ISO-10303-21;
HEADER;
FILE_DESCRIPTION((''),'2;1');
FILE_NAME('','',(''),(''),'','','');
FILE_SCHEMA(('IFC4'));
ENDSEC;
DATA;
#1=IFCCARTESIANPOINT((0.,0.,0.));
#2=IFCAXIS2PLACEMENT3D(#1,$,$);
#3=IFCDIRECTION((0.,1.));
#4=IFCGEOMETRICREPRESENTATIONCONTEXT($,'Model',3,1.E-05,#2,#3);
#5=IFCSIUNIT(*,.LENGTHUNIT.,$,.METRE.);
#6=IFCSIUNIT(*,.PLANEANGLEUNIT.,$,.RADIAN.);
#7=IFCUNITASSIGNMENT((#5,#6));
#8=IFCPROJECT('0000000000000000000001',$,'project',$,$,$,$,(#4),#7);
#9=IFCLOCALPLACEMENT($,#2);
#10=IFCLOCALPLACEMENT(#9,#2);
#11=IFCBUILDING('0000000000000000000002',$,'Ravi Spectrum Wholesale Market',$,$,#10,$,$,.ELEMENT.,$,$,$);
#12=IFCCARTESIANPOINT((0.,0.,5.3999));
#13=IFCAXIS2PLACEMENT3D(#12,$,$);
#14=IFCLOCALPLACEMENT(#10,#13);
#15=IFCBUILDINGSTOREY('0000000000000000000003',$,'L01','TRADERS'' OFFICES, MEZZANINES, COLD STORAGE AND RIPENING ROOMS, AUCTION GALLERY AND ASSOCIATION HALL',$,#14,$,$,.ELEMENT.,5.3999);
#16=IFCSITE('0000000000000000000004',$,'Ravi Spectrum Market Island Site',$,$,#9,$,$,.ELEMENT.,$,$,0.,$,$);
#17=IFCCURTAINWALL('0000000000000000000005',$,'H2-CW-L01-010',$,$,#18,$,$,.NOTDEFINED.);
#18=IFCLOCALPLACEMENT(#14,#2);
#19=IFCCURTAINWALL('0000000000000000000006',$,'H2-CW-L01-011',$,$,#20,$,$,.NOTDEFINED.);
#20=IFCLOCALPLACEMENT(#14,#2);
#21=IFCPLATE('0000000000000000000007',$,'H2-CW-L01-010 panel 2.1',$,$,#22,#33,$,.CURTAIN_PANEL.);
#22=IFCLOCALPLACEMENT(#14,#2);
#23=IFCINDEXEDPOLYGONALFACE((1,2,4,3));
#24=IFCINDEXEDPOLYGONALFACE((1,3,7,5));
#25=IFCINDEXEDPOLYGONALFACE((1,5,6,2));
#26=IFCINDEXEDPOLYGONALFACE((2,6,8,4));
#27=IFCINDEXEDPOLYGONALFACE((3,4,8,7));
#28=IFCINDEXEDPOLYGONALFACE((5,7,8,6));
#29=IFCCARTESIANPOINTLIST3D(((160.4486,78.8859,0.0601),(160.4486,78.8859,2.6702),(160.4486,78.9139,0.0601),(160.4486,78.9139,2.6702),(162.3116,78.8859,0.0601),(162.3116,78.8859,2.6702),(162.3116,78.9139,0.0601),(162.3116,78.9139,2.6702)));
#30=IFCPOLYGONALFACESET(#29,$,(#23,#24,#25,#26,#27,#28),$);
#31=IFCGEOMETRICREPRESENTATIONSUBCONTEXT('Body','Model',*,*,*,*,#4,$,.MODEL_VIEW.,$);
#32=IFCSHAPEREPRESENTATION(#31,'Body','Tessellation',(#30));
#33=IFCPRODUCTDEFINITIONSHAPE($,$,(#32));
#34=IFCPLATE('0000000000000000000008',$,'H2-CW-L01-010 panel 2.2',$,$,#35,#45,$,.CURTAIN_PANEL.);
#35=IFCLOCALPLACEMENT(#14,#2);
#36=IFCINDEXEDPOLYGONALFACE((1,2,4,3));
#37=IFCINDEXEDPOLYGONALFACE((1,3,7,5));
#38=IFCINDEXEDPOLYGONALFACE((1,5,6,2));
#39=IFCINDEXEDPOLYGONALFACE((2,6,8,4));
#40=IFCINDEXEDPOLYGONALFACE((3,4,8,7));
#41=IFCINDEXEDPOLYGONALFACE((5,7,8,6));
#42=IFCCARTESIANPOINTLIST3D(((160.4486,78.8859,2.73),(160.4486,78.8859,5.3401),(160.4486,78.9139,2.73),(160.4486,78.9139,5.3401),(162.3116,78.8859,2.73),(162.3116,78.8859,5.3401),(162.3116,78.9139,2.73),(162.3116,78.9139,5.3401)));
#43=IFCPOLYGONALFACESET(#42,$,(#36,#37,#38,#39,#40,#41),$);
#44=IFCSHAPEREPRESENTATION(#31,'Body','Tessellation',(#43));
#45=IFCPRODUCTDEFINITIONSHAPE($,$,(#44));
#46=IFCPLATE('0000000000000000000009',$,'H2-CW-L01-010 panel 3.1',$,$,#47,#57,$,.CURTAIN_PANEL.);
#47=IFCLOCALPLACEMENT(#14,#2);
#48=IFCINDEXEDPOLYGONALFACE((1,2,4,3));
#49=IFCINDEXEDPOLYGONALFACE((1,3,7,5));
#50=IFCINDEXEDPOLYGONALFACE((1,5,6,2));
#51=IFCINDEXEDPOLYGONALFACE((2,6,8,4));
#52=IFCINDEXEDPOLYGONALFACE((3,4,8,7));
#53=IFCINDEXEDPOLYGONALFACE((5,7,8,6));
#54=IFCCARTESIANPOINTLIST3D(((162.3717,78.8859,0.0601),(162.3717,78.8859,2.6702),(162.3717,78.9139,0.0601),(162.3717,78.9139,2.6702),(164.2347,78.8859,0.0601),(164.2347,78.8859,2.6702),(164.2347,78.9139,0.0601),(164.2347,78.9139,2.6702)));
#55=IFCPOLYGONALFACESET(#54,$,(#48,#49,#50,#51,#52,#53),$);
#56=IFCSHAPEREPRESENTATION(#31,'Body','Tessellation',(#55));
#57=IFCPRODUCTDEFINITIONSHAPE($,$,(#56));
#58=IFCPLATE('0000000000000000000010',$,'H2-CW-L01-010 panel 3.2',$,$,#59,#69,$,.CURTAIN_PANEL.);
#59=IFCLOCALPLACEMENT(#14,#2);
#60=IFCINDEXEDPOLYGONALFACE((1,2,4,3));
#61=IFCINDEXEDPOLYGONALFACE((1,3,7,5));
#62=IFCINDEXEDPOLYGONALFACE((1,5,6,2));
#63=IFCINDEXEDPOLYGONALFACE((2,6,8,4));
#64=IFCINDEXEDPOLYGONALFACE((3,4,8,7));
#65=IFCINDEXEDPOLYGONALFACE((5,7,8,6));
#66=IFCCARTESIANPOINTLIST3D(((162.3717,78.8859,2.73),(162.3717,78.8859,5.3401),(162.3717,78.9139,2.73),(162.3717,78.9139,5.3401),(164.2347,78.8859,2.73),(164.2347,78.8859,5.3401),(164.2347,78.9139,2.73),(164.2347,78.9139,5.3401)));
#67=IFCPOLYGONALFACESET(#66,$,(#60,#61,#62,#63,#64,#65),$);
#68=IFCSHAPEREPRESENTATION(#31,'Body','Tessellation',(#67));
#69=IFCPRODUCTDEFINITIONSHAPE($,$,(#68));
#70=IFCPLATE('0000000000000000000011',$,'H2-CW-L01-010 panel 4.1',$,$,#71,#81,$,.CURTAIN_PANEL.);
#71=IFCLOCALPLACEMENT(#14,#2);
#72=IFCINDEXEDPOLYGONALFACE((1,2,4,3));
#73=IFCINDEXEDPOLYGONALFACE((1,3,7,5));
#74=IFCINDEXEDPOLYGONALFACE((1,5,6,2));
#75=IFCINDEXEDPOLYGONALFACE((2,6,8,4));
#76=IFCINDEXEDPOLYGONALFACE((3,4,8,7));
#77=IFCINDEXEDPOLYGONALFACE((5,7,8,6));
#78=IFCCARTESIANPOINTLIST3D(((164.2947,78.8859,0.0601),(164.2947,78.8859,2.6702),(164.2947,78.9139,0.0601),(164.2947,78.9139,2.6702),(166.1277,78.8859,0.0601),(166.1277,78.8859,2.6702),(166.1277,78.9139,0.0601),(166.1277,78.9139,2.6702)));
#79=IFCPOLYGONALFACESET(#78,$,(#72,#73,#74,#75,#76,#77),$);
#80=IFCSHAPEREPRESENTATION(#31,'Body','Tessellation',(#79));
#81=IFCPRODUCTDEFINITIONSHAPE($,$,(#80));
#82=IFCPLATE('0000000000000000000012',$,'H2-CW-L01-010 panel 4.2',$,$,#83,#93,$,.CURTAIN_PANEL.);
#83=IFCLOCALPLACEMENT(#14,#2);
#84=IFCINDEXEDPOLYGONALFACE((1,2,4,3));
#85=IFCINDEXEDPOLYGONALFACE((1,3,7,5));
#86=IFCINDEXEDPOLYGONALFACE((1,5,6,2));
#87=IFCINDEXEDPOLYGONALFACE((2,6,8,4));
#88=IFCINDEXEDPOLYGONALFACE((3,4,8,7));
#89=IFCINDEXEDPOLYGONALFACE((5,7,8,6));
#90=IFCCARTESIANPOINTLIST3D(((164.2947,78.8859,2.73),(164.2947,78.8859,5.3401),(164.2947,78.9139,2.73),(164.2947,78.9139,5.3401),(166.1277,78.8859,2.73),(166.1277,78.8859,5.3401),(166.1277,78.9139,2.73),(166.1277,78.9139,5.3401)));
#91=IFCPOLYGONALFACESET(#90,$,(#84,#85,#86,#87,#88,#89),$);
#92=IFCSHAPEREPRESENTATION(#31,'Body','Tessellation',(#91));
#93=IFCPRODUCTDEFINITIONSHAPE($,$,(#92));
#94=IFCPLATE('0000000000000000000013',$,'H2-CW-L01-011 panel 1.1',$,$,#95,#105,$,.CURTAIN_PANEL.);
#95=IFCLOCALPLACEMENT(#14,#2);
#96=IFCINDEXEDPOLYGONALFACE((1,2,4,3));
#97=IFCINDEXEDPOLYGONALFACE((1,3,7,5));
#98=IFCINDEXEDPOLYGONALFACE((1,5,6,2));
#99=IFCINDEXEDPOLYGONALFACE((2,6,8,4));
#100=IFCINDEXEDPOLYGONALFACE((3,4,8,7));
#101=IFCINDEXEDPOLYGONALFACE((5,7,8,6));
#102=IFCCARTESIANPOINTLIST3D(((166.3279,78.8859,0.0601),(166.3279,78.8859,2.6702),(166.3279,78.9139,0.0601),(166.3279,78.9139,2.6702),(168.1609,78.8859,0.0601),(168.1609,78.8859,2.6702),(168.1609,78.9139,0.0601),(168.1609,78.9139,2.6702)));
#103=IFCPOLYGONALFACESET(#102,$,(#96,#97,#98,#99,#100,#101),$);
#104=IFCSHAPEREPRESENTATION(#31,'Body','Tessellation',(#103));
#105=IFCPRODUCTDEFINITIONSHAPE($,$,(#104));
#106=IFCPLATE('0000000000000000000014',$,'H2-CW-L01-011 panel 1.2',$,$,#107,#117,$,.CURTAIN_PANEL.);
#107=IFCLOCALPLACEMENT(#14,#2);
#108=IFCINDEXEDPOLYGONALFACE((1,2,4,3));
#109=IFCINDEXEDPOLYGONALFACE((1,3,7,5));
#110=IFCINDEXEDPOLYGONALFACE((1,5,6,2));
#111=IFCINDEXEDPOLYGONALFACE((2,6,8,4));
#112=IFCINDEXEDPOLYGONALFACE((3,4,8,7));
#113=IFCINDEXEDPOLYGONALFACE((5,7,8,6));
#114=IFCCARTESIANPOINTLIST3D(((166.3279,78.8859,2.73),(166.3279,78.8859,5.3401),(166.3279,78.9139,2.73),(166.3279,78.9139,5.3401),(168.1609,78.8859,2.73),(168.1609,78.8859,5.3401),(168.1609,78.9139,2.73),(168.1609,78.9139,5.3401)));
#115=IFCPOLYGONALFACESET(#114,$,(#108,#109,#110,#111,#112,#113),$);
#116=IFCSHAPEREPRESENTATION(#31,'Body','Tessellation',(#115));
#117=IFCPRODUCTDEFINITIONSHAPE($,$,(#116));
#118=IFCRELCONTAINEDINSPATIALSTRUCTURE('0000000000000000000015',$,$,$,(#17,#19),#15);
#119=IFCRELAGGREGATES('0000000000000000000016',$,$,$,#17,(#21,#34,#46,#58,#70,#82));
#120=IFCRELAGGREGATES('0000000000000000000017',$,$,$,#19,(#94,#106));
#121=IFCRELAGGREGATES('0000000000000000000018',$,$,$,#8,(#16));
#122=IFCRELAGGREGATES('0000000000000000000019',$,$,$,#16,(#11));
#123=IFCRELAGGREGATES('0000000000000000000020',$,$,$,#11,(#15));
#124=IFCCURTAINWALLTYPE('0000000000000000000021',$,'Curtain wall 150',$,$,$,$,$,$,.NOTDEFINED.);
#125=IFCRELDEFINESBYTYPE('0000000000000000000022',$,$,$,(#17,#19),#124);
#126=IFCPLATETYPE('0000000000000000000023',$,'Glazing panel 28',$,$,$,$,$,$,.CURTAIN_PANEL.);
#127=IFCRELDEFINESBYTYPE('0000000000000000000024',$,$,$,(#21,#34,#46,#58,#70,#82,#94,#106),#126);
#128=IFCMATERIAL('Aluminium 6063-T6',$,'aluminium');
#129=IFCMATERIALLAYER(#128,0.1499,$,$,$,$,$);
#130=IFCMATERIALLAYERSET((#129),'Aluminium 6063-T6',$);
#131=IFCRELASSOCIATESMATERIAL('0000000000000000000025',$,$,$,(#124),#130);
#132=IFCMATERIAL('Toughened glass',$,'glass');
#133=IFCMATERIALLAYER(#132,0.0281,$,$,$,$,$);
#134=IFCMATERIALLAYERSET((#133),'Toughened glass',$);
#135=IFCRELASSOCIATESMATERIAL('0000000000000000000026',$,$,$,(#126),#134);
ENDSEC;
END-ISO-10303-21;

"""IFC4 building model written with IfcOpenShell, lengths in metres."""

from ifc_helpers import new_model, si_unit, direction, frame, origin, origin_2d, place, context, subcontext, project, spatial, rectangle, extrude, material, layer, layer_set, type_object, element, aggregate, save


model = new_model("IFC4")

# Units and contexts
model_context = context("Model", 3, precision=1e-05, world=origin(), true_north=direction((0.0, 1.0)))
body_context = subcontext(model_context, "Body", "Model", "MODEL_VIEW")
ifc_project = project(units=[si_unit("LENGTHUNIT", "METRE"), si_unit("PLANEANGLEUNIT", "RADIAN")], contexts=[model_context])

# Site, building, storey
site_placement = place(None, origin())
site = spatial("IfcSite", under=ifc_project, at=site_placement, Name="Ravi Spectrum Market Island Site", CompositionType="ELEMENT", RefElevation=0.0)
building_placement = place(site_placement, origin())
building = spatial("IfcBuilding", under=site, at=building_placement, Name="Ravi Spectrum Wholesale Market", CompositionType="ELEMENT")
storey_placement = place(building_placement, frame((0.0, 0.0, 5.3999)))
storey = spatial("IfcBuildingStorey", under=building, at=storey_placement, Name="L01", Description="TRADERS' OFFICES, MEZZANINES, COLD STORAGE AND RIPENING ROOMS, AUCTION GALLERY AND ASSOCIATION HALL", CompositionType="ELEMENT", Elevation=5.3999)

# Curtain walls
ifc_material_1 = material(Name="Aluminium 6063-T6", Category="aluminium")
ifc_layer_1 = layer(ifc_material_1, 0.1499)
ifc_layer_set_1 = layer_set([ifc_layer_1], Name="Aluminium 6063-T6")
curtain_wall_type = type_object("IfcCurtainWallType", Name="Curtain wall 150", PredefinedType="NOTDEFINED", material=ifc_layer_set_1)
curtain_wall_1_placement = place(storey_placement, origin())
curtain_wall_1 = element("IfcCurtainWall", 1, at=curtain_wall_1_placement, inside=storey, type_object=curtain_wall_type, Name="H2-CW-L01-010", PredefinedType="NOTDEFINED")
curtain_wall_2_placement = place(storey_placement, origin())
curtain_wall_2 = element("IfcCurtainWall", 2, at=curtain_wall_2_placement, inside=storey, type_object=curtain_wall_type, Name="H2-CW-L01-011", PredefinedType="NOTDEFINED")

# Plates
ifc_material_2 = material(Name="Toughened glass", Category="glass")
ifc_layer_2 = layer(ifc_material_2, 0.0281)
ifc_layer_set_2 = layer_set([ifc_layer_2], Name="Toughened glass")
plate_type = type_object("IfcPlateType", Name="Glazing panel 28", PredefinedType="CURTAIN_PANEL", material=ifc_layer_set_2)
plate_1_placement = place(storey_placement, frame((161.3801, 78.8999, 0.0601), z_axis=(0.0, 0.0, 1.0), x_axis=(1.0, 0.0, 0.0)))
plate_1 = element("IfcPlate", 3, at=plate_1_placement, type_object=plate_type, Name="H2-CW-L01-010 panel 2.1", PredefinedType="CURTAIN_PANEL", context=body_context, shape_type="SweptSolid", body=[
    extrude(rectangle(XDim=1.863, YDim=0.0281, at=origin_2d()), origin(), (0.0, 0.0, 1.0), 2.6101),
])
plate_2_placement = place(storey_placement, frame((161.3801, 78.8999, 2.73), z_axis=(0.0, 0.0, 1.0), x_axis=(1.0, 0.0, 0.0)))
plate_2 = element("IfcPlate", 4, at=plate_2_placement, type_object=plate_type, Name="H2-CW-L01-010 panel 2.2", PredefinedType="CURTAIN_PANEL", context=body_context, shape_type="SweptSolid", body=[
    extrude(rectangle(XDim=1.863, YDim=0.0281, at=origin_2d()), origin(), (0.0, 0.0, 1.0), 2.6101),
])
plate_3_placement = place(storey_placement, frame((163.3032, 78.8999, 0.0601), z_axis=(0.0, 0.0, 1.0), x_axis=(1.0, 0.0, 0.0)))
plate_3 = element("IfcPlate", 5, at=plate_3_placement, type_object=plate_type, Name="H2-CW-L01-010 panel 3.1", PredefinedType="CURTAIN_PANEL", context=body_context, shape_type="SweptSolid", body=[
    extrude(rectangle(XDim=1.863, YDim=0.0281, at=origin_2d()), origin(), (0.0, 0.0, 1.0), 2.6101),
])
plate_4_placement = place(storey_placement, frame((163.3032, 78.8999, 2.73), z_axis=(0.0, 0.0, 1.0), x_axis=(1.0, 0.0, 0.0)))
plate_4 = element("IfcPlate", 6, at=plate_4_placement, type_object=plate_type, Name="H2-CW-L01-010 panel 3.2", PredefinedType="CURTAIN_PANEL", context=body_context, shape_type="SweptSolid", body=[
    extrude(rectangle(XDim=1.863, YDim=0.0281, at=origin_2d()), origin(), (0.0, 0.0, 1.0), 2.6101),
])
plate_5_placement = place(storey_placement, frame((165.2112, 78.8999, 0.0601), z_axis=(0.0, 0.0, 1.0), x_axis=(1.0, 0.0, 0.0)))
plate_5 = element("IfcPlate", 7, at=plate_5_placement, type_object=plate_type, Name="H2-CW-L01-010 panel 4.1", PredefinedType="CURTAIN_PANEL", context=body_context, shape_type="SweptSolid", body=[
    extrude(rectangle(XDim=1.833, YDim=0.0281, at=origin_2d()), origin(), (0.0, 0.0, 1.0), 2.6101),
])
plate_6_placement = place(storey_placement, frame((165.2112, 78.8999, 2.73), z_axis=(0.0, 0.0, 1.0), x_axis=(1.0, 0.0, 0.0)))
plate_6 = element("IfcPlate", 8, at=plate_6_placement, type_object=plate_type, Name="H2-CW-L01-010 panel 4.2", PredefinedType="CURTAIN_PANEL", context=body_context, shape_type="SweptSolid", body=[
    extrude(rectangle(XDim=1.833, YDim=0.0281, at=origin_2d()), origin(), (0.0, 0.0, 1.0), 2.6101),
])
aggregate(curtain_wall_1, [plate_1, plate_2, plate_3, plate_4, plate_5, plate_6])
plate_7_placement = place(storey_placement, frame((167.2444, 78.8999, 0.0601), z_axis=(0.0, 0.0, 1.0), x_axis=(1.0, 0.0, 0.0)))
plate_7 = element("IfcPlate", 9, at=plate_7_placement, type_object=plate_type, Name="H2-CW-L01-011 panel 1.1", PredefinedType="CURTAIN_PANEL", context=body_context, shape_type="SweptSolid", body=[
    extrude(rectangle(XDim=1.833, YDim=0.0281, at=origin_2d()), origin(), (0.0, 0.0, 1.0), 2.6101),
])
plate_8_placement = place(storey_placement, frame((167.2444, 78.8999, 2.73), z_axis=(0.0, 0.0, 1.0), x_axis=(1.0, 0.0, 0.0)))
plate_8 = element("IfcPlate", 10, at=plate_8_placement, type_object=plate_type, Name="H2-CW-L01-011 panel 1.2", PredefinedType="CURTAIN_PANEL", context=body_context, shape_type="SweptSolid", body=[
    extrude(rectangle(XDim=1.833, YDim=0.0281, at=origin_2d()), origin(), (0.0, 0.0, 1.0), 2.6101),
])
aggregate(curtain_wall_2, [plate_7, plate_8])

save(model, "model.ifc")
